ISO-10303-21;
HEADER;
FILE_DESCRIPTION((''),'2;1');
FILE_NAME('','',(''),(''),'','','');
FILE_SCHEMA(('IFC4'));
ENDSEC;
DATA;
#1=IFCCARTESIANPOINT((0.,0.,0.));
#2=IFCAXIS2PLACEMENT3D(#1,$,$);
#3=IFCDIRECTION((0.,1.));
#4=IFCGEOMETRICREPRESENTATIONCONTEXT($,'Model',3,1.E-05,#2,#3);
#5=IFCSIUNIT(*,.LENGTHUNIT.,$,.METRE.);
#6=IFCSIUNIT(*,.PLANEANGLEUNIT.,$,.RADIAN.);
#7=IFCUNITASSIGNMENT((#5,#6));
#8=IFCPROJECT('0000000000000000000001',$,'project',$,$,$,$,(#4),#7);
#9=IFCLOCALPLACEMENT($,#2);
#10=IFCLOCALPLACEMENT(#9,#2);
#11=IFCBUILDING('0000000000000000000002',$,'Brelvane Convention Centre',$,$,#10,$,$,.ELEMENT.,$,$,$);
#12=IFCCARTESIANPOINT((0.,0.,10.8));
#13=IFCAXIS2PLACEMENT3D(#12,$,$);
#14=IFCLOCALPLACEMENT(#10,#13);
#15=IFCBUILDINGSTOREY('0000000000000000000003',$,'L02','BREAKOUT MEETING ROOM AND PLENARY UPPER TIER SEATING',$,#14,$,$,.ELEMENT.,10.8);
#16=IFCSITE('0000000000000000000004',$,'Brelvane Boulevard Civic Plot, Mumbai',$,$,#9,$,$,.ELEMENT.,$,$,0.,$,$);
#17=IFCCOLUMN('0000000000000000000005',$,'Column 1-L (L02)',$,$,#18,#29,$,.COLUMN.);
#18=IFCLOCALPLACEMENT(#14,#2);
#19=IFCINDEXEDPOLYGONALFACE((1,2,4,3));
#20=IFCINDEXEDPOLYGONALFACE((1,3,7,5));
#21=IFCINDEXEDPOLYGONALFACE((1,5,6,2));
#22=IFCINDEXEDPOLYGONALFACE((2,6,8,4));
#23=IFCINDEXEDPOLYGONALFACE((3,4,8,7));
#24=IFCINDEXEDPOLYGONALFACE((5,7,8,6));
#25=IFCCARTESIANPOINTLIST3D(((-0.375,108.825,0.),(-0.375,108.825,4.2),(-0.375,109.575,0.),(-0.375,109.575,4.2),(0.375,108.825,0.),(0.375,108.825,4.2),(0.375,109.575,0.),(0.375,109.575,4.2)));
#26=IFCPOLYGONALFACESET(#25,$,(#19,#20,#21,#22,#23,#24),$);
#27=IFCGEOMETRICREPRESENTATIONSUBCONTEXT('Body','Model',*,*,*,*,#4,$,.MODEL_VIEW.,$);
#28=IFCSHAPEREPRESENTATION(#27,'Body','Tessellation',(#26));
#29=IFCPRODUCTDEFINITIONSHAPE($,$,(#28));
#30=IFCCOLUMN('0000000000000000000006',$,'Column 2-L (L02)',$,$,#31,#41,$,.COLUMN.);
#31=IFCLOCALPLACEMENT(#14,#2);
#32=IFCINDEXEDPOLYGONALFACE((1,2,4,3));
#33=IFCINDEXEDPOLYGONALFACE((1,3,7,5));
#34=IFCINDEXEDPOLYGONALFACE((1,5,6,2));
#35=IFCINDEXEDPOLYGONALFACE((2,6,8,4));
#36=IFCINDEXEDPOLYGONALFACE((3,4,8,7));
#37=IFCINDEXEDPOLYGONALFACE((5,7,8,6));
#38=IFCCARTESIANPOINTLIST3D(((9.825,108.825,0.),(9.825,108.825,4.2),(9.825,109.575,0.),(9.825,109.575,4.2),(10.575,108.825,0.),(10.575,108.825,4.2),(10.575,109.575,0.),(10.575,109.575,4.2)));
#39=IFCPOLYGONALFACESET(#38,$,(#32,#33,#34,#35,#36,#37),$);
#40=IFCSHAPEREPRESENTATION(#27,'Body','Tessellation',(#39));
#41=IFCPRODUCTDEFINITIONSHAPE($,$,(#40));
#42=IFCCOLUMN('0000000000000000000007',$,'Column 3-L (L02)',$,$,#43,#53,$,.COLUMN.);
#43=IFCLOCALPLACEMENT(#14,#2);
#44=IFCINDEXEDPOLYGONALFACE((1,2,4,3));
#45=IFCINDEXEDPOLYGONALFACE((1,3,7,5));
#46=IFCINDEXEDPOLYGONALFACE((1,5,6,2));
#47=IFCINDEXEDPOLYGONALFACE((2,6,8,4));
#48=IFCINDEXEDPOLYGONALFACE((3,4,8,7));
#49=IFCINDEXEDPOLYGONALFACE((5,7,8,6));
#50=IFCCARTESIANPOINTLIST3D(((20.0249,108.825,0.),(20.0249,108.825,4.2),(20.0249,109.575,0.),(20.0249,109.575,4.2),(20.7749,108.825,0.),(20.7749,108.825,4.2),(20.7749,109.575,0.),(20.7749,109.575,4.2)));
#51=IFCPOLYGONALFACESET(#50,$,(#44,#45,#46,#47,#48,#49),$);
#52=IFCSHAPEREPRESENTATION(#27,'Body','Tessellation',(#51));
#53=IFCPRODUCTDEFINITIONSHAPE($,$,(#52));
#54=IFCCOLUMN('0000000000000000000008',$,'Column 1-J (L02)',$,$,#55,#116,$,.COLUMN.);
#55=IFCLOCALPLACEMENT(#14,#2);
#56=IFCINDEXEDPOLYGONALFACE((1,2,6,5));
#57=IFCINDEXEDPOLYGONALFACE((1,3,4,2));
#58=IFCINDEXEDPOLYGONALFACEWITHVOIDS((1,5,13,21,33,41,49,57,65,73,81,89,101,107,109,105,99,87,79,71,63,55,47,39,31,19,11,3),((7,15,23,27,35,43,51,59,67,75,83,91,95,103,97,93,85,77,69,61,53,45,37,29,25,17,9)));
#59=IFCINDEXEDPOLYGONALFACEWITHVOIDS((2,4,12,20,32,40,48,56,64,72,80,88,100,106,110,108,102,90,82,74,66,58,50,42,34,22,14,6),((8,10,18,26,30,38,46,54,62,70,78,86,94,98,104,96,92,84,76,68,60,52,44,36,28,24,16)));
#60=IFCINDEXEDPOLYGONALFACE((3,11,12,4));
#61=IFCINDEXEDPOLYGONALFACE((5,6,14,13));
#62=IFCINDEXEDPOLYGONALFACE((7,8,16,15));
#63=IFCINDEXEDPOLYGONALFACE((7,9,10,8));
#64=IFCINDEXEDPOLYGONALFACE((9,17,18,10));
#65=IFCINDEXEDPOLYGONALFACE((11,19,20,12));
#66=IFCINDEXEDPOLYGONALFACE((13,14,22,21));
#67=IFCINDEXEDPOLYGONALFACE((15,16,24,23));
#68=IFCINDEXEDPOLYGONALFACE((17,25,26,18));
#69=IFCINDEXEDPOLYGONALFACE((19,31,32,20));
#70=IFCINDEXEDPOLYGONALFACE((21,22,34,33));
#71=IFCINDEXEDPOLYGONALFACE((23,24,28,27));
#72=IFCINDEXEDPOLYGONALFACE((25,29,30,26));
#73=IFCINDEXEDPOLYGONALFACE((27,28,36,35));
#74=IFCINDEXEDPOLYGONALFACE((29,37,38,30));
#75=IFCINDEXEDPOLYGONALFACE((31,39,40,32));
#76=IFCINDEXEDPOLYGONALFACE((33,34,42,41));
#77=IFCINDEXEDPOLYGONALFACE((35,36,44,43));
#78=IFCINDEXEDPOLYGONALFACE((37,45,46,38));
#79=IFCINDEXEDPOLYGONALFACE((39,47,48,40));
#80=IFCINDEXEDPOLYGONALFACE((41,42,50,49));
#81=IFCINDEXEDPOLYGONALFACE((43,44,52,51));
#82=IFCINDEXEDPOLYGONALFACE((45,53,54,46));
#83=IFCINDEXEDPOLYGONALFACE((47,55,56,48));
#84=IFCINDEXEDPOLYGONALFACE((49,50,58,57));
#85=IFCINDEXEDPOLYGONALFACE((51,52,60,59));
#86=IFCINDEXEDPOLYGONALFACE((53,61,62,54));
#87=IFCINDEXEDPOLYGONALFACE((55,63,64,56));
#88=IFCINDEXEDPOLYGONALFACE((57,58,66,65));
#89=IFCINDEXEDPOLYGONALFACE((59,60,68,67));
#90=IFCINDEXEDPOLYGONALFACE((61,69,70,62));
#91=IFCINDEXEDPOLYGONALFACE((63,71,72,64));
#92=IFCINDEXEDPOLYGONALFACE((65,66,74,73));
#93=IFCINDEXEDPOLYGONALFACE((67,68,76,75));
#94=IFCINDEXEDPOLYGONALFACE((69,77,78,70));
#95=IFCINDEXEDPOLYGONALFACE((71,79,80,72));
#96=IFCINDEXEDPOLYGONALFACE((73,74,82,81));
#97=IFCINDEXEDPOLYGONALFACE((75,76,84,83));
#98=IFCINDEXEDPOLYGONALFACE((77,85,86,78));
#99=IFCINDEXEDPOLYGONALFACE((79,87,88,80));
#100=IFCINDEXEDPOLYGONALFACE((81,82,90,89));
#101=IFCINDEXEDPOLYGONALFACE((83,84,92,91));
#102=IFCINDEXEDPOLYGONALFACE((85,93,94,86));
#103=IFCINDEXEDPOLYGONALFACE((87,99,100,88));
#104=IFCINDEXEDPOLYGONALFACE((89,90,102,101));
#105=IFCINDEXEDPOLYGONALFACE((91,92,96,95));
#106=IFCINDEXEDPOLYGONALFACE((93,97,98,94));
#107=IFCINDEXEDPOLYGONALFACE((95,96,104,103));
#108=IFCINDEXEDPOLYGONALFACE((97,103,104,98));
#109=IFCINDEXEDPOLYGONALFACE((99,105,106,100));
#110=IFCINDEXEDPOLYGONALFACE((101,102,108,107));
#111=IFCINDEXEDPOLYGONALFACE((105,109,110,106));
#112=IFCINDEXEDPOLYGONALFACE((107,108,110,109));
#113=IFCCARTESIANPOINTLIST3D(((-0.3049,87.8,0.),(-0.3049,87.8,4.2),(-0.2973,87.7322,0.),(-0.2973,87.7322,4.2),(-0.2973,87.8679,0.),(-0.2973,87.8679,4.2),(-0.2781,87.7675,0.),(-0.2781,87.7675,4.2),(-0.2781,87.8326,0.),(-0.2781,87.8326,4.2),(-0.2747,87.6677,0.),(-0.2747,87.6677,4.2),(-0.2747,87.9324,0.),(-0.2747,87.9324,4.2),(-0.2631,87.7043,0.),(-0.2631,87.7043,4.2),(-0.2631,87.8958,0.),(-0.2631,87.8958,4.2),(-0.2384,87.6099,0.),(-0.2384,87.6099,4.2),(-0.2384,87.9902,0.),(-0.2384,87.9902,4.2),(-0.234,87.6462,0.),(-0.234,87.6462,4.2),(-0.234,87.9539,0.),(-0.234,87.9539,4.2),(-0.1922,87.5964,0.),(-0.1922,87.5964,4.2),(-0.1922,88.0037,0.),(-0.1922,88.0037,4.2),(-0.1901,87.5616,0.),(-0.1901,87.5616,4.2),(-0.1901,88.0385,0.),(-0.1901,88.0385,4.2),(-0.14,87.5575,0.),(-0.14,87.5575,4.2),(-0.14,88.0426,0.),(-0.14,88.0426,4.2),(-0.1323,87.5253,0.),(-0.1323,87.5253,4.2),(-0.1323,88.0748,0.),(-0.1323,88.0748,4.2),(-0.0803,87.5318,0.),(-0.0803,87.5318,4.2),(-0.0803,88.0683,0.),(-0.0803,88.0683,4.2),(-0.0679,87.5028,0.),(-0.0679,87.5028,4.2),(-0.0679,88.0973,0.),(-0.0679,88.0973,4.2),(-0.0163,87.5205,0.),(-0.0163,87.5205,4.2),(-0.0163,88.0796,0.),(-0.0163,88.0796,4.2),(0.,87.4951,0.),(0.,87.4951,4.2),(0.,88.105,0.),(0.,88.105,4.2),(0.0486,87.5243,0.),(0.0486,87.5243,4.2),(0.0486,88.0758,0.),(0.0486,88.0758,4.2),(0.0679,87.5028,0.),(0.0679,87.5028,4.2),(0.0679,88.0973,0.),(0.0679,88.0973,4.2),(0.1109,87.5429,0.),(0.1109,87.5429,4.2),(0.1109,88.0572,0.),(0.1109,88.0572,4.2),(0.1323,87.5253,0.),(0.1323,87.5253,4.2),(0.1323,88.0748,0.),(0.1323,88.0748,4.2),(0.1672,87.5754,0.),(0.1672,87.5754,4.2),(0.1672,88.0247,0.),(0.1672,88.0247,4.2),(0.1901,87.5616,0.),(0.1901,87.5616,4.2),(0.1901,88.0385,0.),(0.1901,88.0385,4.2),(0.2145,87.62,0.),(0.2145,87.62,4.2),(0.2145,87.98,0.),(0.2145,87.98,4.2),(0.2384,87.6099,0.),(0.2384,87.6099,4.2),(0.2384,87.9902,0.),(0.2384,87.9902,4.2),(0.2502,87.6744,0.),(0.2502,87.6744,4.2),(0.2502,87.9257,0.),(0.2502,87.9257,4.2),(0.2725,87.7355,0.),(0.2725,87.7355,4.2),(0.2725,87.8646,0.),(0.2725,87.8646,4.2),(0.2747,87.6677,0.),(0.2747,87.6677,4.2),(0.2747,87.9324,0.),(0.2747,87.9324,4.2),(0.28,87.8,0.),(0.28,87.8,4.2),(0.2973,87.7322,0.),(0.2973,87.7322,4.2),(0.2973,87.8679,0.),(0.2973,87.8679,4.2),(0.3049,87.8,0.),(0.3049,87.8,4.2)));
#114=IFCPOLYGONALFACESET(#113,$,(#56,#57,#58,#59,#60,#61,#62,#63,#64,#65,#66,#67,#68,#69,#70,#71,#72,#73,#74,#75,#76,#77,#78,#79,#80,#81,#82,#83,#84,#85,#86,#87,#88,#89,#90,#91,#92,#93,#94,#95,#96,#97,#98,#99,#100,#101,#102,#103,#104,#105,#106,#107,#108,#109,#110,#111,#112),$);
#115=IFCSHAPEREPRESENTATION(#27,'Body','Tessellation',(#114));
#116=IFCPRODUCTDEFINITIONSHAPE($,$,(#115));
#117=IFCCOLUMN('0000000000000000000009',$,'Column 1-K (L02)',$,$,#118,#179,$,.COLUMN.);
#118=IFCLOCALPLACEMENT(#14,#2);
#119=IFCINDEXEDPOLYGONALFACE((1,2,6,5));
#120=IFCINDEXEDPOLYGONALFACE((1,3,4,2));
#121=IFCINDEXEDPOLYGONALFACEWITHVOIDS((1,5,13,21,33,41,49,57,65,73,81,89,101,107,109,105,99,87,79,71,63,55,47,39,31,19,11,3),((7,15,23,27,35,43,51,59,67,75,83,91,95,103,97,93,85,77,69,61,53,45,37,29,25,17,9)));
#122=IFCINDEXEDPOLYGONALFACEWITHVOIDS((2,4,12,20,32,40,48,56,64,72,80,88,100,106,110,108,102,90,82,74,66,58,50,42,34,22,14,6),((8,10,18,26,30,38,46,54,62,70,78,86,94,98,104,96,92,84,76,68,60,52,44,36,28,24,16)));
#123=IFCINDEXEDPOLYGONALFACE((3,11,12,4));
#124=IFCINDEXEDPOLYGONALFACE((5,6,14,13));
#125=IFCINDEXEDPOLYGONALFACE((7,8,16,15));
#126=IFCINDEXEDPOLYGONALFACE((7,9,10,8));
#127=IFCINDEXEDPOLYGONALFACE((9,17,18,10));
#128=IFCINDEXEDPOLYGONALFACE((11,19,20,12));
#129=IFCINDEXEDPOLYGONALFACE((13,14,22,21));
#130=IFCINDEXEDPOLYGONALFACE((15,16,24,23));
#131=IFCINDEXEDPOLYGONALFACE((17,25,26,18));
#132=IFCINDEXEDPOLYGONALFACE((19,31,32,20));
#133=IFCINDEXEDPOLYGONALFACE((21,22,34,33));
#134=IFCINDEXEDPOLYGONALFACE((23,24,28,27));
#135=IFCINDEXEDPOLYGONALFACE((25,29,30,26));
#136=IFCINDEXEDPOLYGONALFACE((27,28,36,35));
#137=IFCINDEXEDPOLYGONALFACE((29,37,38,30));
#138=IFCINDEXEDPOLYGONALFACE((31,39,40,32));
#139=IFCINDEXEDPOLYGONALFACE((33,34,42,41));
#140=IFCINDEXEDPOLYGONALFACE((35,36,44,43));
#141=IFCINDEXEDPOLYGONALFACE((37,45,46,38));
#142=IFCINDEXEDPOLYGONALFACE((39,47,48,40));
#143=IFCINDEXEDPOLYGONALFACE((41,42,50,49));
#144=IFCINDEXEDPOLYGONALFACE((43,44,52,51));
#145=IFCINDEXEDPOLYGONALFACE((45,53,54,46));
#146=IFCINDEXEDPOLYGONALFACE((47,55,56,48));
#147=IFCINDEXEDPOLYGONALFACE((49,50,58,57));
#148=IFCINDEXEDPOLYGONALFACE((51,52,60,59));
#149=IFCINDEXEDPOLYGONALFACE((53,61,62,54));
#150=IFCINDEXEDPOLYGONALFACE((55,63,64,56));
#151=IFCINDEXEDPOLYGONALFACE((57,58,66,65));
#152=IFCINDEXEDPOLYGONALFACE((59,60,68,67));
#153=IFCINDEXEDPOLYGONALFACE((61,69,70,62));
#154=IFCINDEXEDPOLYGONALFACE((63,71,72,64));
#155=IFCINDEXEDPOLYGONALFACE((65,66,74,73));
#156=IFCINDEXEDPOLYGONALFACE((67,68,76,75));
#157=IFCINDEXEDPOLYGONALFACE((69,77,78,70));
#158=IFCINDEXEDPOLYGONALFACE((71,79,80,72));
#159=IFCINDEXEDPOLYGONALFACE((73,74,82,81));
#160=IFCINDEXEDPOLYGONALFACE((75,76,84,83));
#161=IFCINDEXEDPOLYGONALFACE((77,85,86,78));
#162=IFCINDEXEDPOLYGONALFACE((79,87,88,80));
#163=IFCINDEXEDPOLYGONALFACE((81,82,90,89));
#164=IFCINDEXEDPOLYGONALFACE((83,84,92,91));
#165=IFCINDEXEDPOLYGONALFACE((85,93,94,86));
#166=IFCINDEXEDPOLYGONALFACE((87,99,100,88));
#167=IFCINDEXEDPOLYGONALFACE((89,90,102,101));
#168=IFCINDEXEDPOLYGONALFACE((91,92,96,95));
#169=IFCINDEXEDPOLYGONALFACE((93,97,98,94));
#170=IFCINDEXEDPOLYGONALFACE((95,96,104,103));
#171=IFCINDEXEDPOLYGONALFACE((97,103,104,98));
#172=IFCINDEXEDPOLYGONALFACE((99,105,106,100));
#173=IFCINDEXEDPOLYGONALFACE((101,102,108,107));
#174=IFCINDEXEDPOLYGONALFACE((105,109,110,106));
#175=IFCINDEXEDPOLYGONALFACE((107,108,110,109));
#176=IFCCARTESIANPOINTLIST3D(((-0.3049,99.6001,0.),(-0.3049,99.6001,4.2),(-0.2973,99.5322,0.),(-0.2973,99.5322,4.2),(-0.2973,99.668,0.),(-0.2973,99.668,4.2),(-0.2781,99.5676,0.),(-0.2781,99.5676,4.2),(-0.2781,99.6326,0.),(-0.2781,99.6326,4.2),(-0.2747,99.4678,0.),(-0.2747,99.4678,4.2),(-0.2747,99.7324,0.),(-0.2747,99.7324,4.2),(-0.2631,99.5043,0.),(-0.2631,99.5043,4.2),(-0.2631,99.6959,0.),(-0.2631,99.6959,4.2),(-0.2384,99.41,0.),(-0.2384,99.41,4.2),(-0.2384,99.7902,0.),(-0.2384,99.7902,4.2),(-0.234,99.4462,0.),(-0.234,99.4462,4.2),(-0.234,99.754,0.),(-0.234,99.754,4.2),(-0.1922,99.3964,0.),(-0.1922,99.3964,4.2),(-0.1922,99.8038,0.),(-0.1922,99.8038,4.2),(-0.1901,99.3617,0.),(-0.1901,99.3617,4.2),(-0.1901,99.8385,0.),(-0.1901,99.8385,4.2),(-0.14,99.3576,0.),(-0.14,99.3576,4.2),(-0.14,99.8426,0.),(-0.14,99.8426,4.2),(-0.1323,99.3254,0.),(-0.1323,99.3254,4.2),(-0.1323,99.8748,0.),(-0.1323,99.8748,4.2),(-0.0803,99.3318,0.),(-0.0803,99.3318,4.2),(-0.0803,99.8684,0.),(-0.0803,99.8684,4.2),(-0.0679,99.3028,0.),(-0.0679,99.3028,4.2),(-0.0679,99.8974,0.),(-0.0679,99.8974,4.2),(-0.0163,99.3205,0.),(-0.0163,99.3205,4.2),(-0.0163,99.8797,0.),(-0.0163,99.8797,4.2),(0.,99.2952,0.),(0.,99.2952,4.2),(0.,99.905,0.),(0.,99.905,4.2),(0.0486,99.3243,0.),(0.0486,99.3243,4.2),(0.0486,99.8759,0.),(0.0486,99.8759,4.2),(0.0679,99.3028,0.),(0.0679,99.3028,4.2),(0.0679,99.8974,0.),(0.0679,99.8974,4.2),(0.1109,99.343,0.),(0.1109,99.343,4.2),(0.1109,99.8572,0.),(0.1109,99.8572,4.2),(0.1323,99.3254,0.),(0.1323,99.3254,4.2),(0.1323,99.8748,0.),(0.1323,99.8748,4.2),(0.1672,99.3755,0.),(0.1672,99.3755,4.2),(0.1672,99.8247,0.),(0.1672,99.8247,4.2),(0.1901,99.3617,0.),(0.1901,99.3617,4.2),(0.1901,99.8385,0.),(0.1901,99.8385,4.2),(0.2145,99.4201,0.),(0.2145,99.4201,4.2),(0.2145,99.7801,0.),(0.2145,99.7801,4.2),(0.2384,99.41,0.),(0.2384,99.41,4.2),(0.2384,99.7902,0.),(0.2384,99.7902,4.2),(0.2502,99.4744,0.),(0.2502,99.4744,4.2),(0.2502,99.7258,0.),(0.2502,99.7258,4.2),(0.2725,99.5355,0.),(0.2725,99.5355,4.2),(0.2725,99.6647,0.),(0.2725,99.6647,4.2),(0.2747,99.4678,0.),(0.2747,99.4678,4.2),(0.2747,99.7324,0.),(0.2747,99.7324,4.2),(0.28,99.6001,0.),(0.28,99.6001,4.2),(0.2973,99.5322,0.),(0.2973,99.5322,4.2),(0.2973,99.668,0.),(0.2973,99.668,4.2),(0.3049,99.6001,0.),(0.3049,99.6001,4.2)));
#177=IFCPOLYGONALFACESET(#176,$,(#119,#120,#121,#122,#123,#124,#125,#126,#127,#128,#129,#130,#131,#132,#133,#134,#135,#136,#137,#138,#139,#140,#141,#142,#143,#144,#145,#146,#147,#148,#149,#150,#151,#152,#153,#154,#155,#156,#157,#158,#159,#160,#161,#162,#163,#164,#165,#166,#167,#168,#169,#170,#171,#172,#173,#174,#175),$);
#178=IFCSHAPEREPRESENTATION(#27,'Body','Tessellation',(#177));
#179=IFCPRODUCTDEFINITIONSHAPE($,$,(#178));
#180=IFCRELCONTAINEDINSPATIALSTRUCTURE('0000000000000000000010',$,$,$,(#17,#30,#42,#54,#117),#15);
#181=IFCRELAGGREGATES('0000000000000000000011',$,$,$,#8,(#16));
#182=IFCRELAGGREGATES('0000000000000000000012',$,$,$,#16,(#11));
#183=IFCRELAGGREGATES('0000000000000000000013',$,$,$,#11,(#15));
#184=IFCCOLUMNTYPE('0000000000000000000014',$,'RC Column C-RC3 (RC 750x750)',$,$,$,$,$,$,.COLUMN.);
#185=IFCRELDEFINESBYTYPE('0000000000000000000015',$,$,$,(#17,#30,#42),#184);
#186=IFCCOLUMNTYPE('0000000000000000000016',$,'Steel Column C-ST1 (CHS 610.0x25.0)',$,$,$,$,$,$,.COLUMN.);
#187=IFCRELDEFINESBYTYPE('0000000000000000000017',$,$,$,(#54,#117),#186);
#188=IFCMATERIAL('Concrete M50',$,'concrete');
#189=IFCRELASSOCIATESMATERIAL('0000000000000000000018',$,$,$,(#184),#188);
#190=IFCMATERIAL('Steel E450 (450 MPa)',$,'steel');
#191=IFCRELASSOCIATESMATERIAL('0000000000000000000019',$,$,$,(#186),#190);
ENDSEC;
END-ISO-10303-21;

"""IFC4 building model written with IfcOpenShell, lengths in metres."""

from ifc_helpers import new_model, si_unit, direction, frame, origin, origin_2d, place, context, subcontext, project, spatial, rectangle, hollow_circle, extrude, material, material_profile, profile_set, type_object, element, save


model = new_model("IFC4")

# Units and contexts
model_context = context("Model", 3, precision=1e-05, world=origin(), true_north=direction((0.0, 1.0)))
body_context = subcontext(model_context, "Body", "Model", "MODEL_VIEW")
ifc_project = project(units=[si_unit("LENGTHUNIT", "METRE"), si_unit("PLANEANGLEUNIT", "RADIAN")], contexts=[model_context])

# Site, building, storey
site_placement = place(None, origin())
site = spatial("IfcSite", under=ifc_project, at=site_placement, Name="Brelvane Boulevard Civic Plot, Mumbai", CompositionType="ELEMENT", RefElevation=0.0)
building_placement = place(site_placement, origin())
building = spatial("IfcBuilding", under=site, at=building_placement, Name="Brelvane Convention Centre", CompositionType="ELEMENT")
storey_placement = place(building_placement, frame((0.0, 0.0, 10.8)))
storey = spatial("IfcBuildingStorey", under=building, at=storey_placement, Name="L02", Description="BREAKOUT MEETING ROOM AND PLENARY UPPER TIER SEATING", CompositionType="ELEMENT", Elevation=10.8)

# Columns
ifc_material_1 = material(Name="Concrete M50", Category="concrete")
ifc_material_profile_1 = material_profile(ifc_material_1, rectangle(XDim=0.75, YDim=0.75, at=origin_2d()), Name="RC 750x750")
ifc_profile_set_1 = profile_set([ifc_material_profile_1], Name="Concrete M50")
column_type_1 = type_object("IfcColumnType", Name="RC Column C-RC3 (RC 750x750)", PredefinedType="COLUMN", material=ifc_profile_set_1)
for number, where, z_axis, x_axis, name in (
    (1, (0.0, 109.2, 0.0), (0.0, 0.0, 1.0), (1.0, 0.0, 0.0), "Column 1-L (L02)"),
    (2, (10.2, 109.2, 0.0), (0.0, 0.0, 1.0), (1.0, 0.0, 0.0), "Column 2-L (L02)"),
    (3, (20.3999, 109.2, 0.0), (0.0, 0.0, 1.0), (1.0, 0.0, 0.0), "Column 3-L (L02)"),
):
    element("IfcColumn", number, at=place(storey_placement, frame(where, z_axis=z_axis, x_axis=x_axis)), inside=storey, type_object=column_type_1, Name=name, PredefinedType="COLUMN", context=body_context, shape_type="SweptSolid", body=[
        extrude(rectangle(XDim=0.75, YDim=0.75, at=origin_2d()), origin(), (0.0, 0.0, 1.0), 4.2),
    ])
ifc_material_2 = material(Name="Steel E450 (450 MPa)", Category="steel")
ifc_material_profile_2 = material_profile(ifc_material_2, hollow_circle(Radius=0.3049, WallThickness=0.0249, at=origin_2d()), Name="CHS 610.0x25.0")
ifc_profile_set_2 = profile_set([ifc_material_profile_2], Name="Steel E450 (450 MPa)")
column_type_2 = type_object("IfcColumnType", Name="Steel Column C-ST1 (CHS 610.0x25.0)", PredefinedType="COLUMN", material=ifc_profile_set_2)
for number, where, z_axis, x_axis, name in (
    (4, (0.0, 87.8, 0.0), (0.0, 0.0, 1.0), (1.0, 0.0, 0.0), "Column 1-J (L02)"),
    (5, (0.0, 99.6001, 0.0), (0.0, 0.0, 1.0), (1.0, 0.0, 0.0), "Column 1-K (L02)"),
):
    element("IfcColumn", number, at=place(storey_placement, frame(where, z_axis=z_axis, x_axis=x_axis)), inside=storey, type_object=column_type_2, Name=name, PredefinedType="COLUMN", context=body_context, shape_type="SweptSolid", body=[
        extrude(hollow_circle(Radius=0.3049, WallThickness=0.0249, at=origin_2d()), origin(), (0.0, 0.0, 1.0), 4.2),
    ])

save(model, "model.ifc")
